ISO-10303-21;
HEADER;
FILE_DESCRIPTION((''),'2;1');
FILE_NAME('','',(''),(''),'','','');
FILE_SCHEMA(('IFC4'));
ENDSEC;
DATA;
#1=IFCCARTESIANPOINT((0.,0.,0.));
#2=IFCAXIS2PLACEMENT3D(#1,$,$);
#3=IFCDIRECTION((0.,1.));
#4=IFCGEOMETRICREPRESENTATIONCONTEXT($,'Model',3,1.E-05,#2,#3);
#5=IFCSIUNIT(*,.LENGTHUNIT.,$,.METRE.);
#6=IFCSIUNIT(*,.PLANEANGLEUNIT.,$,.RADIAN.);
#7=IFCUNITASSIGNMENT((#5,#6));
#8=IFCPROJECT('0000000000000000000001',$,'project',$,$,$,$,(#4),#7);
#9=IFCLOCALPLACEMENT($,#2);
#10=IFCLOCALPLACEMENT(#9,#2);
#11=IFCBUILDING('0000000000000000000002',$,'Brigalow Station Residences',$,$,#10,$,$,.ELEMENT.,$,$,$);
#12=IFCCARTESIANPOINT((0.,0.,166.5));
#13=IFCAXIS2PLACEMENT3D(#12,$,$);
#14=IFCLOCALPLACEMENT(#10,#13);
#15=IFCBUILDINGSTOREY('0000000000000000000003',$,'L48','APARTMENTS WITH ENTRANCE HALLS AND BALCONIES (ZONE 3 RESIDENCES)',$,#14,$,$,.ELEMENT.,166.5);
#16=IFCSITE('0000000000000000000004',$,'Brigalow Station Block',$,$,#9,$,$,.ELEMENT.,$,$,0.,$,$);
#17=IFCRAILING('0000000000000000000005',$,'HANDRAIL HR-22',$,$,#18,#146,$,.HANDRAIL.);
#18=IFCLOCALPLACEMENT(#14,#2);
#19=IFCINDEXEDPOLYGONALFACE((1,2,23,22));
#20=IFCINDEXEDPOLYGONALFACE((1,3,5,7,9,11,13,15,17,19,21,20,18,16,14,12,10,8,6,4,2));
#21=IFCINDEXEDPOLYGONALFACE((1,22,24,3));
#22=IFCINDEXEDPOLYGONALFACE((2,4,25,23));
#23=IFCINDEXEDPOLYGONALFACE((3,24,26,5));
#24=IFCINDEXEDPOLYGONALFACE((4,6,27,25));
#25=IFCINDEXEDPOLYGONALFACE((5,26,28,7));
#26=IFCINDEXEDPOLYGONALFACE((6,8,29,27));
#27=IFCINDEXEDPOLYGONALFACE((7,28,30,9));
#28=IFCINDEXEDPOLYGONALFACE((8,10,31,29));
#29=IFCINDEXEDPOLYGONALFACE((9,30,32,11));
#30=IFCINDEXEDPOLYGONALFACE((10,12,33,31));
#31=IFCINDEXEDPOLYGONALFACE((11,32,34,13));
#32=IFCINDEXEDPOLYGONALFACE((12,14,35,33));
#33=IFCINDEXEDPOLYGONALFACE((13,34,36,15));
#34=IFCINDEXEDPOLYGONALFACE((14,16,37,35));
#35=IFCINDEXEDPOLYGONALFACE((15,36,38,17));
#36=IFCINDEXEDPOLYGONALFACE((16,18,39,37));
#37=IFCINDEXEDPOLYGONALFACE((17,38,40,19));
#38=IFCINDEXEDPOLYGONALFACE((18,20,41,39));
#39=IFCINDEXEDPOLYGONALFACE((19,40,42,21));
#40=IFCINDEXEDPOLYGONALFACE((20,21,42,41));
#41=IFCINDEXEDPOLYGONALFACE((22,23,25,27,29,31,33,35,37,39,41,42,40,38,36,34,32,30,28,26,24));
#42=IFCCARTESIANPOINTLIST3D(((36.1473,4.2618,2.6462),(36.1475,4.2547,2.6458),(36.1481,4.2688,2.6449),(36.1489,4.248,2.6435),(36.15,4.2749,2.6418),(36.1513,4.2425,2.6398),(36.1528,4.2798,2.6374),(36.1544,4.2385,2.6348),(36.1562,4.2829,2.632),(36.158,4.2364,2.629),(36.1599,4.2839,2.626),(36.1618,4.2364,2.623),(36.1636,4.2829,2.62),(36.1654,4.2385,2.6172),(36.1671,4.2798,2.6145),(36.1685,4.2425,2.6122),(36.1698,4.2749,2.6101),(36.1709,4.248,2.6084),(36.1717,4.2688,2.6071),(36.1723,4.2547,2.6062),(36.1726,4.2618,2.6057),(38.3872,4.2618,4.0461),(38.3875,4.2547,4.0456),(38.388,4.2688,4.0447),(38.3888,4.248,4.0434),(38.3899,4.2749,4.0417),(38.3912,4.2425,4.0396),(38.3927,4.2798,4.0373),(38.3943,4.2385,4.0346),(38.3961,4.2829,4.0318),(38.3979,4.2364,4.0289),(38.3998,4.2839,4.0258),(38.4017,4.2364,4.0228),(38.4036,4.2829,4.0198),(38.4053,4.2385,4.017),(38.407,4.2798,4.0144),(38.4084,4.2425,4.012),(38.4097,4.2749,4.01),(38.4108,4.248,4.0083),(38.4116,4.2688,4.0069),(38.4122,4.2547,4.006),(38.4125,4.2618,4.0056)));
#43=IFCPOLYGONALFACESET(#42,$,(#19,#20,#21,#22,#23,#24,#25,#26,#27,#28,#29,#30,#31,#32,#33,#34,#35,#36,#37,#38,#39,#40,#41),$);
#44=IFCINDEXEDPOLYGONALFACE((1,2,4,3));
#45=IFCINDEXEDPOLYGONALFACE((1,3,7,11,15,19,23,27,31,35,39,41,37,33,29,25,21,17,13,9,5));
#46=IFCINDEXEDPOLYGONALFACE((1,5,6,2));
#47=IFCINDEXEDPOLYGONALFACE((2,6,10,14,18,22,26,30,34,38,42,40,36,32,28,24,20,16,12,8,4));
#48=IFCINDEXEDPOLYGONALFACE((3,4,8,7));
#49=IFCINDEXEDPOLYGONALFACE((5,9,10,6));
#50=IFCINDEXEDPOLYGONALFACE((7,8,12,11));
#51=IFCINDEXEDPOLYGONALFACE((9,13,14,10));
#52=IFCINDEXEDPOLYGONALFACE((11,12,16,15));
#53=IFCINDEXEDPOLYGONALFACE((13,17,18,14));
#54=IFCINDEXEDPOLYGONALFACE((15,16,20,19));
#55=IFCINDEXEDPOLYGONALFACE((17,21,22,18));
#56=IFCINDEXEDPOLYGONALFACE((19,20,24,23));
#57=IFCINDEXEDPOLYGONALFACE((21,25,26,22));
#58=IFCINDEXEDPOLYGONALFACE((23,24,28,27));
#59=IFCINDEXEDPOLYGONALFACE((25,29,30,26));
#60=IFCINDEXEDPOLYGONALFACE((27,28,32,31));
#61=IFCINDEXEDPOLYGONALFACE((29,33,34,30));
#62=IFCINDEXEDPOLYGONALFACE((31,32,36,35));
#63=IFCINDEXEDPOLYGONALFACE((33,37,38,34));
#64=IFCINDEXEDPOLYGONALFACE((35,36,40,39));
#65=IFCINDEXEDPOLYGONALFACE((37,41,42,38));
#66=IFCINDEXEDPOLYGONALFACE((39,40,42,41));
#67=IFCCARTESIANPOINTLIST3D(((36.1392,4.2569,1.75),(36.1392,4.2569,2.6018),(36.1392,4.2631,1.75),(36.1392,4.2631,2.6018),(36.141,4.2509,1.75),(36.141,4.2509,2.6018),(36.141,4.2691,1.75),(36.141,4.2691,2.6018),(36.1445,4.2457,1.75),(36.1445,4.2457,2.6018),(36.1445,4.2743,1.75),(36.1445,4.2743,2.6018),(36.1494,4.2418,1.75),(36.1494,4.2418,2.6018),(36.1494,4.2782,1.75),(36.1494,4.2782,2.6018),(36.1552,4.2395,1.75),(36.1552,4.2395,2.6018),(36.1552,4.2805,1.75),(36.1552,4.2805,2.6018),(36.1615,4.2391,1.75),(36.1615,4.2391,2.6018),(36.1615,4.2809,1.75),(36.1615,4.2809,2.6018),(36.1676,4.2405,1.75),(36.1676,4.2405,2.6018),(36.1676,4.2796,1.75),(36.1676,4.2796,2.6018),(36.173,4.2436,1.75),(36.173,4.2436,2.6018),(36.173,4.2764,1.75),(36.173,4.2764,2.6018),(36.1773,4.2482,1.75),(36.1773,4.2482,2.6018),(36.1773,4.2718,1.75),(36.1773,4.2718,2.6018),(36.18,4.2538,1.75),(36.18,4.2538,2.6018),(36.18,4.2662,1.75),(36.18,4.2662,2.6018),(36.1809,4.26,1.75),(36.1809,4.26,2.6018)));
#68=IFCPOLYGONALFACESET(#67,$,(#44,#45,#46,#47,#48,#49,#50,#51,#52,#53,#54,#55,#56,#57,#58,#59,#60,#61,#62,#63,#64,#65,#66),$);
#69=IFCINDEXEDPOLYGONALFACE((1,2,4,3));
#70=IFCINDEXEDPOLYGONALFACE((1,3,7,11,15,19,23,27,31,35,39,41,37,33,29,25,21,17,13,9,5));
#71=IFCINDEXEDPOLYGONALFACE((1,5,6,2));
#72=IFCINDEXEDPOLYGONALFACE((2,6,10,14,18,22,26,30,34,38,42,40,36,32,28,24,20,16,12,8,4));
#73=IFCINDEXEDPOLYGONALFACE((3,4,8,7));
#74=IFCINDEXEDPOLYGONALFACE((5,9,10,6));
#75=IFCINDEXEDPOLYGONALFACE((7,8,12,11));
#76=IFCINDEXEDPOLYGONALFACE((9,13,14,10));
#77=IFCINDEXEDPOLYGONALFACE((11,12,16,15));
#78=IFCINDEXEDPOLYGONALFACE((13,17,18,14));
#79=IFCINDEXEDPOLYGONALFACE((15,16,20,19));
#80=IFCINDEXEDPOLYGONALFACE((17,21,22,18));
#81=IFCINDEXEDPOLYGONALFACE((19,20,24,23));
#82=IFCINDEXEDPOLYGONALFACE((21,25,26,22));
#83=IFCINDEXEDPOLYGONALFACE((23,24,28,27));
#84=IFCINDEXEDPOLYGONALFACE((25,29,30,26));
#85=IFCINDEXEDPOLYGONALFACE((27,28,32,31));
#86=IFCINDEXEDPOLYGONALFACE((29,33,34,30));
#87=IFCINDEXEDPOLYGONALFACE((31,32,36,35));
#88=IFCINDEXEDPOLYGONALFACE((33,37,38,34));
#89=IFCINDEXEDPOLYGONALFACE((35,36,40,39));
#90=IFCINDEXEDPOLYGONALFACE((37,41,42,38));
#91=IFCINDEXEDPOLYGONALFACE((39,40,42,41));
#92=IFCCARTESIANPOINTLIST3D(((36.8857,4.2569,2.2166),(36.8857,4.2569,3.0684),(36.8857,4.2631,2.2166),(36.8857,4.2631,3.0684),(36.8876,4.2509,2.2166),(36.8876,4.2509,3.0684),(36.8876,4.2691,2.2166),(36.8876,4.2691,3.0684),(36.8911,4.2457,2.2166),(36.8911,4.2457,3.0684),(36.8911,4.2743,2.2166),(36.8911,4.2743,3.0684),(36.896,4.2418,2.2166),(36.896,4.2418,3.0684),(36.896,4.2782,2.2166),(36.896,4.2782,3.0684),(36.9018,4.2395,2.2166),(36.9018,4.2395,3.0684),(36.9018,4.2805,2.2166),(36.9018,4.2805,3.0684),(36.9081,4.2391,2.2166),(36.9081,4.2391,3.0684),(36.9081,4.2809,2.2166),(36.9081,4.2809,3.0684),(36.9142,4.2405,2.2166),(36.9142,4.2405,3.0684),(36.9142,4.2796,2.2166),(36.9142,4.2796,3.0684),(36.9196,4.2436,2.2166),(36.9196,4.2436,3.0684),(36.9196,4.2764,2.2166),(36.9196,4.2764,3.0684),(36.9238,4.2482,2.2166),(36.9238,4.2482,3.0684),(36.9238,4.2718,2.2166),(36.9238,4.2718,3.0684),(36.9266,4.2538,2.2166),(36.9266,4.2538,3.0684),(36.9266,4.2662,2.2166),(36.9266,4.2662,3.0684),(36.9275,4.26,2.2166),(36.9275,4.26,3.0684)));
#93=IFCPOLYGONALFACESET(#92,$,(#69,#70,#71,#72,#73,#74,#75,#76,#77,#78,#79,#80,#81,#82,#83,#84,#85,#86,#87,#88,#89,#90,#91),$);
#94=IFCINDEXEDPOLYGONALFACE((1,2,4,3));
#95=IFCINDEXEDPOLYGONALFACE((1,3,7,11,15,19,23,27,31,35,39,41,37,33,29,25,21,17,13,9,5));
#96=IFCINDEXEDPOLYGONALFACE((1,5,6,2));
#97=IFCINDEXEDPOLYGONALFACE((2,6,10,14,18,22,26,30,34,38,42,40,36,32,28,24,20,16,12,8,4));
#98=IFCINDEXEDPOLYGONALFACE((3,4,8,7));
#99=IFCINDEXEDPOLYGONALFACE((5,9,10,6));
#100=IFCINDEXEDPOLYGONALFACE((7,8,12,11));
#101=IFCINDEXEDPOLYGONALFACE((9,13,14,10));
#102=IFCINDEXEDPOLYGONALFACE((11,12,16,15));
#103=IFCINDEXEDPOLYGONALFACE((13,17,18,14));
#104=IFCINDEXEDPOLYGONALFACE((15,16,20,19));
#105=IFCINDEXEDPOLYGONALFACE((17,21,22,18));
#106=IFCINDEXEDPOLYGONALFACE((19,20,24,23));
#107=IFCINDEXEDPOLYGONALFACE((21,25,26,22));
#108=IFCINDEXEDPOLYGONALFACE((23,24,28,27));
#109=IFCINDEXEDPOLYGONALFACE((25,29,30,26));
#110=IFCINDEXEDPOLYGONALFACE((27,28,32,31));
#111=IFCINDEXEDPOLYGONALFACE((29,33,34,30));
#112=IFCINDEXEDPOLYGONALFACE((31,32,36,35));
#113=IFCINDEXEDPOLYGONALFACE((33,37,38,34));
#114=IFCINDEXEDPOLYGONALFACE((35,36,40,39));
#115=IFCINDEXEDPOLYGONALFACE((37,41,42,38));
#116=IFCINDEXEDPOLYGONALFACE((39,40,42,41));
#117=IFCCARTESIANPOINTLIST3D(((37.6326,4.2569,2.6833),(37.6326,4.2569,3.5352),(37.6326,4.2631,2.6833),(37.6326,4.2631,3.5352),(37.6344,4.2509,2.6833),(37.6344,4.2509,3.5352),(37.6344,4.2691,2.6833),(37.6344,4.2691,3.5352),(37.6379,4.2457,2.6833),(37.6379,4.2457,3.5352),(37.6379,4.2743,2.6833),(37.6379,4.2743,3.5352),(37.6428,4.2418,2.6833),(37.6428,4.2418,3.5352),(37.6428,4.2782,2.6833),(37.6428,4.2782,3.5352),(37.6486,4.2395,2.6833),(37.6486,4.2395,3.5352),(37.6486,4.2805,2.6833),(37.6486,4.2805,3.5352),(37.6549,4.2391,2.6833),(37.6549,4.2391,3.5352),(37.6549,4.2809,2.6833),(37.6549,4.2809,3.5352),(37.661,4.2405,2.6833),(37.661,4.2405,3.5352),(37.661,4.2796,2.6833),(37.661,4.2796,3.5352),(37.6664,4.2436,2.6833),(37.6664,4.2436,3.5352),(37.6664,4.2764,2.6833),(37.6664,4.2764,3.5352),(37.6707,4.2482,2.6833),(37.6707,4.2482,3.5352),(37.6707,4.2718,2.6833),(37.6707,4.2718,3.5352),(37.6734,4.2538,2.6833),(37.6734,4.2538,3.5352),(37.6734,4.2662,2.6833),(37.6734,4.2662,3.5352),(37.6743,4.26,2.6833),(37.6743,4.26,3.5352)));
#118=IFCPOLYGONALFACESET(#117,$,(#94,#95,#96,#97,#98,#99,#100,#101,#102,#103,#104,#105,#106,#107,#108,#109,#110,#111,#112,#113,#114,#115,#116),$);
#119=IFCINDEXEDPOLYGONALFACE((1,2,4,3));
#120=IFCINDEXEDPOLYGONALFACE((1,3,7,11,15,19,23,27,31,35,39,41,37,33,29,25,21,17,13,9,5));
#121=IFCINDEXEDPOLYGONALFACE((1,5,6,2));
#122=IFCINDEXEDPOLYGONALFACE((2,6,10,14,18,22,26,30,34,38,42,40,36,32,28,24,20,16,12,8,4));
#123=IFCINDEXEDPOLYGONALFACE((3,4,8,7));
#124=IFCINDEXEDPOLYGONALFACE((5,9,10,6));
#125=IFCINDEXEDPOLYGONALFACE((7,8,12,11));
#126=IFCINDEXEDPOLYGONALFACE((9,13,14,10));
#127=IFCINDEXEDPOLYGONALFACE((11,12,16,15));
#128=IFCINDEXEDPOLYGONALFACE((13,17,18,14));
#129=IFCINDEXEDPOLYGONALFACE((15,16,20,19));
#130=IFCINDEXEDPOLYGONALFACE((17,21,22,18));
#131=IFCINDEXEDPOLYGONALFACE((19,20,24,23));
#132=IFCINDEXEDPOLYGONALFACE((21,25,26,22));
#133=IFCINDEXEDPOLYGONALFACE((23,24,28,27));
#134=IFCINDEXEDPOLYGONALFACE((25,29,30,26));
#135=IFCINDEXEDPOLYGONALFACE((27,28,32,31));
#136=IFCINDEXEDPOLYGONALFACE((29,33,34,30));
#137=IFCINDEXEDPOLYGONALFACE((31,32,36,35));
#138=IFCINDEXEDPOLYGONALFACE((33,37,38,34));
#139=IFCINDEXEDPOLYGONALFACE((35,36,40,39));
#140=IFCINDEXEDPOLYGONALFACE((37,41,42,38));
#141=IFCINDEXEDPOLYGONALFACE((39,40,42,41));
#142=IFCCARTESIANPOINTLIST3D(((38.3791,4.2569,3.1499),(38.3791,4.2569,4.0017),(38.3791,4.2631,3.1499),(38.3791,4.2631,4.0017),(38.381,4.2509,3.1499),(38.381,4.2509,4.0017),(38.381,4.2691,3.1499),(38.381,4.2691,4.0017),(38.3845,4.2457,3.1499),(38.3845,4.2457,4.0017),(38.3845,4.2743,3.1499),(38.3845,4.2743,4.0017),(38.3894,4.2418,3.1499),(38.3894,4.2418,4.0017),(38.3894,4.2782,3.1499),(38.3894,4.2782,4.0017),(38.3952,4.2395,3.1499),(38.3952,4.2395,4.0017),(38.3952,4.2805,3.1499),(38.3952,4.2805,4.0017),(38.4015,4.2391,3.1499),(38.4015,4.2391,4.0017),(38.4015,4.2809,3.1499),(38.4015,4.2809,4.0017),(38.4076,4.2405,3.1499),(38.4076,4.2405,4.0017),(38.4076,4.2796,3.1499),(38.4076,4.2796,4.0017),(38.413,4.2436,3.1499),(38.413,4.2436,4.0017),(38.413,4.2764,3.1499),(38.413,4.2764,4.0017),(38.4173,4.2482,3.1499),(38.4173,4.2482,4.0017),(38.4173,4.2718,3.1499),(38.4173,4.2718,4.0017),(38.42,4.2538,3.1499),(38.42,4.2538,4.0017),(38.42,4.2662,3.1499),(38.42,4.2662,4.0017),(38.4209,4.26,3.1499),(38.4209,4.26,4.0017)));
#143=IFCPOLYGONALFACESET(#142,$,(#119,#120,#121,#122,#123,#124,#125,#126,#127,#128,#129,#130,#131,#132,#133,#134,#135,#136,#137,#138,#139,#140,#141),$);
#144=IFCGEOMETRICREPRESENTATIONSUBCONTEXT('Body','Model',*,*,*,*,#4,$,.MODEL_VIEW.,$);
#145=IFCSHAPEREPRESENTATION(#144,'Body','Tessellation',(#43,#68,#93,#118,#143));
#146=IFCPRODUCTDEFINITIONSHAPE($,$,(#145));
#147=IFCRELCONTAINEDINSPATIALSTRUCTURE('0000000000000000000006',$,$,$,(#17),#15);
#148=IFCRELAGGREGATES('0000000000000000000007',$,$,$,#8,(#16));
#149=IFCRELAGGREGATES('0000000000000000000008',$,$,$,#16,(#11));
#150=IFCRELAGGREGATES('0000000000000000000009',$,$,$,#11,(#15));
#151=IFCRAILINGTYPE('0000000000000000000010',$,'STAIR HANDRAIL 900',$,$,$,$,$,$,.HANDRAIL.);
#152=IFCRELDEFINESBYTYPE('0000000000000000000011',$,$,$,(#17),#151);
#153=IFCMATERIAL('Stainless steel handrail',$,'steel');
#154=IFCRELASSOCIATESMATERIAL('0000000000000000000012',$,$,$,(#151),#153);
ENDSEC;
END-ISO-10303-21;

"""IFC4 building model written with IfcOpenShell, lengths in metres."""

from ifc_helpers import new_model, si_unit, direction, frame, origin, origin_2d, place, context, subcontext, project, spatial, circle, extrude, material, type_object, element, save


model = new_model("IFC4")

# Units and contexts
model_context = context("Model", 3, precision=1e-05, world=origin(), true_north=direction((0.0, 1.0)))
body_context = subcontext(model_context, "Body", "Model", "MODEL_VIEW")
ifc_project = project(units=[si_unit("LENGTHUNIT", "METRE"), si_unit("PLANEANGLEUNIT", "RADIAN")], contexts=[model_context])

# Site, building, storey
site_placement = place(None, origin())
site = spatial("IfcSite", under=ifc_project, at=site_placement, Name="Brigalow Station Block", CompositionType="ELEMENT", RefElevation=0.0)
building_placement = place(site_placement, origin())
building = spatial("IfcBuilding", under=site, at=building_placement, Name="Brigalow Station Residences", CompositionType="ELEMENT")
storey_placement = place(building_placement, frame((0.0, 0.0, 166.5)))
storey = spatial("IfcBuildingStorey", under=building, at=storey_placement, Name="L48", Description="APARTMENTS WITH ENTRANCE HALLS AND BALCONIES (ZONE 3 RESIDENCES)", CompositionType="ELEMENT", Elevation=166.5)

# Railing
ifc_material_1 = material(Name="Stainless steel handrail", Category="steel")
railing_type_1 = type_object("IfcRailingType", Name="STAIR HANDRAIL 900", PredefinedType="HANDRAIL", material=ifc_material_1)
railing_1_placement = place(storey_placement, frame((36.1599, 4.26, 1.75)))
element("IfcRailing", 1, at=railing_1_placement, inside=storey, type_object=railing_type_1, Name="HANDRAIL HR-22", PredefinedType="HANDRAIL", context=body_context, shape_type="SweptSolid", body=[
    extrude(circle(Radius=0.0239, at=origin_2d()), frame((0.0, 0.0, 0.876), z_axis=(0.848014, 0.0, 0.529974), x_axis=(0.0, 1.0, 0.0)), (0.0, 0.0, 1.0), 2.6414),
    extrude(circle(Radius=0.021, at=origin_2d()), origin(), (0.0, 0.0, 1.0), 0.8518),
    extrude(circle(Radius=0.021, at=origin_2d()), frame((0.7466, 0.0, 0.4666)), (0.0, 0.0, 1.0), 0.8518),
    extrude(circle(Radius=0.021, at=origin_2d()), frame((1.4934, 0.0, 0.9333)), (0.0, 0.0, 1.0), 0.8518),
    extrude(circle(Radius=0.021, at=origin_2d()), frame((2.24, 0.0, 1.3999)), (0.0, 0.0, 1.0), 0.8518),
])

save(model, "model.ifc")
